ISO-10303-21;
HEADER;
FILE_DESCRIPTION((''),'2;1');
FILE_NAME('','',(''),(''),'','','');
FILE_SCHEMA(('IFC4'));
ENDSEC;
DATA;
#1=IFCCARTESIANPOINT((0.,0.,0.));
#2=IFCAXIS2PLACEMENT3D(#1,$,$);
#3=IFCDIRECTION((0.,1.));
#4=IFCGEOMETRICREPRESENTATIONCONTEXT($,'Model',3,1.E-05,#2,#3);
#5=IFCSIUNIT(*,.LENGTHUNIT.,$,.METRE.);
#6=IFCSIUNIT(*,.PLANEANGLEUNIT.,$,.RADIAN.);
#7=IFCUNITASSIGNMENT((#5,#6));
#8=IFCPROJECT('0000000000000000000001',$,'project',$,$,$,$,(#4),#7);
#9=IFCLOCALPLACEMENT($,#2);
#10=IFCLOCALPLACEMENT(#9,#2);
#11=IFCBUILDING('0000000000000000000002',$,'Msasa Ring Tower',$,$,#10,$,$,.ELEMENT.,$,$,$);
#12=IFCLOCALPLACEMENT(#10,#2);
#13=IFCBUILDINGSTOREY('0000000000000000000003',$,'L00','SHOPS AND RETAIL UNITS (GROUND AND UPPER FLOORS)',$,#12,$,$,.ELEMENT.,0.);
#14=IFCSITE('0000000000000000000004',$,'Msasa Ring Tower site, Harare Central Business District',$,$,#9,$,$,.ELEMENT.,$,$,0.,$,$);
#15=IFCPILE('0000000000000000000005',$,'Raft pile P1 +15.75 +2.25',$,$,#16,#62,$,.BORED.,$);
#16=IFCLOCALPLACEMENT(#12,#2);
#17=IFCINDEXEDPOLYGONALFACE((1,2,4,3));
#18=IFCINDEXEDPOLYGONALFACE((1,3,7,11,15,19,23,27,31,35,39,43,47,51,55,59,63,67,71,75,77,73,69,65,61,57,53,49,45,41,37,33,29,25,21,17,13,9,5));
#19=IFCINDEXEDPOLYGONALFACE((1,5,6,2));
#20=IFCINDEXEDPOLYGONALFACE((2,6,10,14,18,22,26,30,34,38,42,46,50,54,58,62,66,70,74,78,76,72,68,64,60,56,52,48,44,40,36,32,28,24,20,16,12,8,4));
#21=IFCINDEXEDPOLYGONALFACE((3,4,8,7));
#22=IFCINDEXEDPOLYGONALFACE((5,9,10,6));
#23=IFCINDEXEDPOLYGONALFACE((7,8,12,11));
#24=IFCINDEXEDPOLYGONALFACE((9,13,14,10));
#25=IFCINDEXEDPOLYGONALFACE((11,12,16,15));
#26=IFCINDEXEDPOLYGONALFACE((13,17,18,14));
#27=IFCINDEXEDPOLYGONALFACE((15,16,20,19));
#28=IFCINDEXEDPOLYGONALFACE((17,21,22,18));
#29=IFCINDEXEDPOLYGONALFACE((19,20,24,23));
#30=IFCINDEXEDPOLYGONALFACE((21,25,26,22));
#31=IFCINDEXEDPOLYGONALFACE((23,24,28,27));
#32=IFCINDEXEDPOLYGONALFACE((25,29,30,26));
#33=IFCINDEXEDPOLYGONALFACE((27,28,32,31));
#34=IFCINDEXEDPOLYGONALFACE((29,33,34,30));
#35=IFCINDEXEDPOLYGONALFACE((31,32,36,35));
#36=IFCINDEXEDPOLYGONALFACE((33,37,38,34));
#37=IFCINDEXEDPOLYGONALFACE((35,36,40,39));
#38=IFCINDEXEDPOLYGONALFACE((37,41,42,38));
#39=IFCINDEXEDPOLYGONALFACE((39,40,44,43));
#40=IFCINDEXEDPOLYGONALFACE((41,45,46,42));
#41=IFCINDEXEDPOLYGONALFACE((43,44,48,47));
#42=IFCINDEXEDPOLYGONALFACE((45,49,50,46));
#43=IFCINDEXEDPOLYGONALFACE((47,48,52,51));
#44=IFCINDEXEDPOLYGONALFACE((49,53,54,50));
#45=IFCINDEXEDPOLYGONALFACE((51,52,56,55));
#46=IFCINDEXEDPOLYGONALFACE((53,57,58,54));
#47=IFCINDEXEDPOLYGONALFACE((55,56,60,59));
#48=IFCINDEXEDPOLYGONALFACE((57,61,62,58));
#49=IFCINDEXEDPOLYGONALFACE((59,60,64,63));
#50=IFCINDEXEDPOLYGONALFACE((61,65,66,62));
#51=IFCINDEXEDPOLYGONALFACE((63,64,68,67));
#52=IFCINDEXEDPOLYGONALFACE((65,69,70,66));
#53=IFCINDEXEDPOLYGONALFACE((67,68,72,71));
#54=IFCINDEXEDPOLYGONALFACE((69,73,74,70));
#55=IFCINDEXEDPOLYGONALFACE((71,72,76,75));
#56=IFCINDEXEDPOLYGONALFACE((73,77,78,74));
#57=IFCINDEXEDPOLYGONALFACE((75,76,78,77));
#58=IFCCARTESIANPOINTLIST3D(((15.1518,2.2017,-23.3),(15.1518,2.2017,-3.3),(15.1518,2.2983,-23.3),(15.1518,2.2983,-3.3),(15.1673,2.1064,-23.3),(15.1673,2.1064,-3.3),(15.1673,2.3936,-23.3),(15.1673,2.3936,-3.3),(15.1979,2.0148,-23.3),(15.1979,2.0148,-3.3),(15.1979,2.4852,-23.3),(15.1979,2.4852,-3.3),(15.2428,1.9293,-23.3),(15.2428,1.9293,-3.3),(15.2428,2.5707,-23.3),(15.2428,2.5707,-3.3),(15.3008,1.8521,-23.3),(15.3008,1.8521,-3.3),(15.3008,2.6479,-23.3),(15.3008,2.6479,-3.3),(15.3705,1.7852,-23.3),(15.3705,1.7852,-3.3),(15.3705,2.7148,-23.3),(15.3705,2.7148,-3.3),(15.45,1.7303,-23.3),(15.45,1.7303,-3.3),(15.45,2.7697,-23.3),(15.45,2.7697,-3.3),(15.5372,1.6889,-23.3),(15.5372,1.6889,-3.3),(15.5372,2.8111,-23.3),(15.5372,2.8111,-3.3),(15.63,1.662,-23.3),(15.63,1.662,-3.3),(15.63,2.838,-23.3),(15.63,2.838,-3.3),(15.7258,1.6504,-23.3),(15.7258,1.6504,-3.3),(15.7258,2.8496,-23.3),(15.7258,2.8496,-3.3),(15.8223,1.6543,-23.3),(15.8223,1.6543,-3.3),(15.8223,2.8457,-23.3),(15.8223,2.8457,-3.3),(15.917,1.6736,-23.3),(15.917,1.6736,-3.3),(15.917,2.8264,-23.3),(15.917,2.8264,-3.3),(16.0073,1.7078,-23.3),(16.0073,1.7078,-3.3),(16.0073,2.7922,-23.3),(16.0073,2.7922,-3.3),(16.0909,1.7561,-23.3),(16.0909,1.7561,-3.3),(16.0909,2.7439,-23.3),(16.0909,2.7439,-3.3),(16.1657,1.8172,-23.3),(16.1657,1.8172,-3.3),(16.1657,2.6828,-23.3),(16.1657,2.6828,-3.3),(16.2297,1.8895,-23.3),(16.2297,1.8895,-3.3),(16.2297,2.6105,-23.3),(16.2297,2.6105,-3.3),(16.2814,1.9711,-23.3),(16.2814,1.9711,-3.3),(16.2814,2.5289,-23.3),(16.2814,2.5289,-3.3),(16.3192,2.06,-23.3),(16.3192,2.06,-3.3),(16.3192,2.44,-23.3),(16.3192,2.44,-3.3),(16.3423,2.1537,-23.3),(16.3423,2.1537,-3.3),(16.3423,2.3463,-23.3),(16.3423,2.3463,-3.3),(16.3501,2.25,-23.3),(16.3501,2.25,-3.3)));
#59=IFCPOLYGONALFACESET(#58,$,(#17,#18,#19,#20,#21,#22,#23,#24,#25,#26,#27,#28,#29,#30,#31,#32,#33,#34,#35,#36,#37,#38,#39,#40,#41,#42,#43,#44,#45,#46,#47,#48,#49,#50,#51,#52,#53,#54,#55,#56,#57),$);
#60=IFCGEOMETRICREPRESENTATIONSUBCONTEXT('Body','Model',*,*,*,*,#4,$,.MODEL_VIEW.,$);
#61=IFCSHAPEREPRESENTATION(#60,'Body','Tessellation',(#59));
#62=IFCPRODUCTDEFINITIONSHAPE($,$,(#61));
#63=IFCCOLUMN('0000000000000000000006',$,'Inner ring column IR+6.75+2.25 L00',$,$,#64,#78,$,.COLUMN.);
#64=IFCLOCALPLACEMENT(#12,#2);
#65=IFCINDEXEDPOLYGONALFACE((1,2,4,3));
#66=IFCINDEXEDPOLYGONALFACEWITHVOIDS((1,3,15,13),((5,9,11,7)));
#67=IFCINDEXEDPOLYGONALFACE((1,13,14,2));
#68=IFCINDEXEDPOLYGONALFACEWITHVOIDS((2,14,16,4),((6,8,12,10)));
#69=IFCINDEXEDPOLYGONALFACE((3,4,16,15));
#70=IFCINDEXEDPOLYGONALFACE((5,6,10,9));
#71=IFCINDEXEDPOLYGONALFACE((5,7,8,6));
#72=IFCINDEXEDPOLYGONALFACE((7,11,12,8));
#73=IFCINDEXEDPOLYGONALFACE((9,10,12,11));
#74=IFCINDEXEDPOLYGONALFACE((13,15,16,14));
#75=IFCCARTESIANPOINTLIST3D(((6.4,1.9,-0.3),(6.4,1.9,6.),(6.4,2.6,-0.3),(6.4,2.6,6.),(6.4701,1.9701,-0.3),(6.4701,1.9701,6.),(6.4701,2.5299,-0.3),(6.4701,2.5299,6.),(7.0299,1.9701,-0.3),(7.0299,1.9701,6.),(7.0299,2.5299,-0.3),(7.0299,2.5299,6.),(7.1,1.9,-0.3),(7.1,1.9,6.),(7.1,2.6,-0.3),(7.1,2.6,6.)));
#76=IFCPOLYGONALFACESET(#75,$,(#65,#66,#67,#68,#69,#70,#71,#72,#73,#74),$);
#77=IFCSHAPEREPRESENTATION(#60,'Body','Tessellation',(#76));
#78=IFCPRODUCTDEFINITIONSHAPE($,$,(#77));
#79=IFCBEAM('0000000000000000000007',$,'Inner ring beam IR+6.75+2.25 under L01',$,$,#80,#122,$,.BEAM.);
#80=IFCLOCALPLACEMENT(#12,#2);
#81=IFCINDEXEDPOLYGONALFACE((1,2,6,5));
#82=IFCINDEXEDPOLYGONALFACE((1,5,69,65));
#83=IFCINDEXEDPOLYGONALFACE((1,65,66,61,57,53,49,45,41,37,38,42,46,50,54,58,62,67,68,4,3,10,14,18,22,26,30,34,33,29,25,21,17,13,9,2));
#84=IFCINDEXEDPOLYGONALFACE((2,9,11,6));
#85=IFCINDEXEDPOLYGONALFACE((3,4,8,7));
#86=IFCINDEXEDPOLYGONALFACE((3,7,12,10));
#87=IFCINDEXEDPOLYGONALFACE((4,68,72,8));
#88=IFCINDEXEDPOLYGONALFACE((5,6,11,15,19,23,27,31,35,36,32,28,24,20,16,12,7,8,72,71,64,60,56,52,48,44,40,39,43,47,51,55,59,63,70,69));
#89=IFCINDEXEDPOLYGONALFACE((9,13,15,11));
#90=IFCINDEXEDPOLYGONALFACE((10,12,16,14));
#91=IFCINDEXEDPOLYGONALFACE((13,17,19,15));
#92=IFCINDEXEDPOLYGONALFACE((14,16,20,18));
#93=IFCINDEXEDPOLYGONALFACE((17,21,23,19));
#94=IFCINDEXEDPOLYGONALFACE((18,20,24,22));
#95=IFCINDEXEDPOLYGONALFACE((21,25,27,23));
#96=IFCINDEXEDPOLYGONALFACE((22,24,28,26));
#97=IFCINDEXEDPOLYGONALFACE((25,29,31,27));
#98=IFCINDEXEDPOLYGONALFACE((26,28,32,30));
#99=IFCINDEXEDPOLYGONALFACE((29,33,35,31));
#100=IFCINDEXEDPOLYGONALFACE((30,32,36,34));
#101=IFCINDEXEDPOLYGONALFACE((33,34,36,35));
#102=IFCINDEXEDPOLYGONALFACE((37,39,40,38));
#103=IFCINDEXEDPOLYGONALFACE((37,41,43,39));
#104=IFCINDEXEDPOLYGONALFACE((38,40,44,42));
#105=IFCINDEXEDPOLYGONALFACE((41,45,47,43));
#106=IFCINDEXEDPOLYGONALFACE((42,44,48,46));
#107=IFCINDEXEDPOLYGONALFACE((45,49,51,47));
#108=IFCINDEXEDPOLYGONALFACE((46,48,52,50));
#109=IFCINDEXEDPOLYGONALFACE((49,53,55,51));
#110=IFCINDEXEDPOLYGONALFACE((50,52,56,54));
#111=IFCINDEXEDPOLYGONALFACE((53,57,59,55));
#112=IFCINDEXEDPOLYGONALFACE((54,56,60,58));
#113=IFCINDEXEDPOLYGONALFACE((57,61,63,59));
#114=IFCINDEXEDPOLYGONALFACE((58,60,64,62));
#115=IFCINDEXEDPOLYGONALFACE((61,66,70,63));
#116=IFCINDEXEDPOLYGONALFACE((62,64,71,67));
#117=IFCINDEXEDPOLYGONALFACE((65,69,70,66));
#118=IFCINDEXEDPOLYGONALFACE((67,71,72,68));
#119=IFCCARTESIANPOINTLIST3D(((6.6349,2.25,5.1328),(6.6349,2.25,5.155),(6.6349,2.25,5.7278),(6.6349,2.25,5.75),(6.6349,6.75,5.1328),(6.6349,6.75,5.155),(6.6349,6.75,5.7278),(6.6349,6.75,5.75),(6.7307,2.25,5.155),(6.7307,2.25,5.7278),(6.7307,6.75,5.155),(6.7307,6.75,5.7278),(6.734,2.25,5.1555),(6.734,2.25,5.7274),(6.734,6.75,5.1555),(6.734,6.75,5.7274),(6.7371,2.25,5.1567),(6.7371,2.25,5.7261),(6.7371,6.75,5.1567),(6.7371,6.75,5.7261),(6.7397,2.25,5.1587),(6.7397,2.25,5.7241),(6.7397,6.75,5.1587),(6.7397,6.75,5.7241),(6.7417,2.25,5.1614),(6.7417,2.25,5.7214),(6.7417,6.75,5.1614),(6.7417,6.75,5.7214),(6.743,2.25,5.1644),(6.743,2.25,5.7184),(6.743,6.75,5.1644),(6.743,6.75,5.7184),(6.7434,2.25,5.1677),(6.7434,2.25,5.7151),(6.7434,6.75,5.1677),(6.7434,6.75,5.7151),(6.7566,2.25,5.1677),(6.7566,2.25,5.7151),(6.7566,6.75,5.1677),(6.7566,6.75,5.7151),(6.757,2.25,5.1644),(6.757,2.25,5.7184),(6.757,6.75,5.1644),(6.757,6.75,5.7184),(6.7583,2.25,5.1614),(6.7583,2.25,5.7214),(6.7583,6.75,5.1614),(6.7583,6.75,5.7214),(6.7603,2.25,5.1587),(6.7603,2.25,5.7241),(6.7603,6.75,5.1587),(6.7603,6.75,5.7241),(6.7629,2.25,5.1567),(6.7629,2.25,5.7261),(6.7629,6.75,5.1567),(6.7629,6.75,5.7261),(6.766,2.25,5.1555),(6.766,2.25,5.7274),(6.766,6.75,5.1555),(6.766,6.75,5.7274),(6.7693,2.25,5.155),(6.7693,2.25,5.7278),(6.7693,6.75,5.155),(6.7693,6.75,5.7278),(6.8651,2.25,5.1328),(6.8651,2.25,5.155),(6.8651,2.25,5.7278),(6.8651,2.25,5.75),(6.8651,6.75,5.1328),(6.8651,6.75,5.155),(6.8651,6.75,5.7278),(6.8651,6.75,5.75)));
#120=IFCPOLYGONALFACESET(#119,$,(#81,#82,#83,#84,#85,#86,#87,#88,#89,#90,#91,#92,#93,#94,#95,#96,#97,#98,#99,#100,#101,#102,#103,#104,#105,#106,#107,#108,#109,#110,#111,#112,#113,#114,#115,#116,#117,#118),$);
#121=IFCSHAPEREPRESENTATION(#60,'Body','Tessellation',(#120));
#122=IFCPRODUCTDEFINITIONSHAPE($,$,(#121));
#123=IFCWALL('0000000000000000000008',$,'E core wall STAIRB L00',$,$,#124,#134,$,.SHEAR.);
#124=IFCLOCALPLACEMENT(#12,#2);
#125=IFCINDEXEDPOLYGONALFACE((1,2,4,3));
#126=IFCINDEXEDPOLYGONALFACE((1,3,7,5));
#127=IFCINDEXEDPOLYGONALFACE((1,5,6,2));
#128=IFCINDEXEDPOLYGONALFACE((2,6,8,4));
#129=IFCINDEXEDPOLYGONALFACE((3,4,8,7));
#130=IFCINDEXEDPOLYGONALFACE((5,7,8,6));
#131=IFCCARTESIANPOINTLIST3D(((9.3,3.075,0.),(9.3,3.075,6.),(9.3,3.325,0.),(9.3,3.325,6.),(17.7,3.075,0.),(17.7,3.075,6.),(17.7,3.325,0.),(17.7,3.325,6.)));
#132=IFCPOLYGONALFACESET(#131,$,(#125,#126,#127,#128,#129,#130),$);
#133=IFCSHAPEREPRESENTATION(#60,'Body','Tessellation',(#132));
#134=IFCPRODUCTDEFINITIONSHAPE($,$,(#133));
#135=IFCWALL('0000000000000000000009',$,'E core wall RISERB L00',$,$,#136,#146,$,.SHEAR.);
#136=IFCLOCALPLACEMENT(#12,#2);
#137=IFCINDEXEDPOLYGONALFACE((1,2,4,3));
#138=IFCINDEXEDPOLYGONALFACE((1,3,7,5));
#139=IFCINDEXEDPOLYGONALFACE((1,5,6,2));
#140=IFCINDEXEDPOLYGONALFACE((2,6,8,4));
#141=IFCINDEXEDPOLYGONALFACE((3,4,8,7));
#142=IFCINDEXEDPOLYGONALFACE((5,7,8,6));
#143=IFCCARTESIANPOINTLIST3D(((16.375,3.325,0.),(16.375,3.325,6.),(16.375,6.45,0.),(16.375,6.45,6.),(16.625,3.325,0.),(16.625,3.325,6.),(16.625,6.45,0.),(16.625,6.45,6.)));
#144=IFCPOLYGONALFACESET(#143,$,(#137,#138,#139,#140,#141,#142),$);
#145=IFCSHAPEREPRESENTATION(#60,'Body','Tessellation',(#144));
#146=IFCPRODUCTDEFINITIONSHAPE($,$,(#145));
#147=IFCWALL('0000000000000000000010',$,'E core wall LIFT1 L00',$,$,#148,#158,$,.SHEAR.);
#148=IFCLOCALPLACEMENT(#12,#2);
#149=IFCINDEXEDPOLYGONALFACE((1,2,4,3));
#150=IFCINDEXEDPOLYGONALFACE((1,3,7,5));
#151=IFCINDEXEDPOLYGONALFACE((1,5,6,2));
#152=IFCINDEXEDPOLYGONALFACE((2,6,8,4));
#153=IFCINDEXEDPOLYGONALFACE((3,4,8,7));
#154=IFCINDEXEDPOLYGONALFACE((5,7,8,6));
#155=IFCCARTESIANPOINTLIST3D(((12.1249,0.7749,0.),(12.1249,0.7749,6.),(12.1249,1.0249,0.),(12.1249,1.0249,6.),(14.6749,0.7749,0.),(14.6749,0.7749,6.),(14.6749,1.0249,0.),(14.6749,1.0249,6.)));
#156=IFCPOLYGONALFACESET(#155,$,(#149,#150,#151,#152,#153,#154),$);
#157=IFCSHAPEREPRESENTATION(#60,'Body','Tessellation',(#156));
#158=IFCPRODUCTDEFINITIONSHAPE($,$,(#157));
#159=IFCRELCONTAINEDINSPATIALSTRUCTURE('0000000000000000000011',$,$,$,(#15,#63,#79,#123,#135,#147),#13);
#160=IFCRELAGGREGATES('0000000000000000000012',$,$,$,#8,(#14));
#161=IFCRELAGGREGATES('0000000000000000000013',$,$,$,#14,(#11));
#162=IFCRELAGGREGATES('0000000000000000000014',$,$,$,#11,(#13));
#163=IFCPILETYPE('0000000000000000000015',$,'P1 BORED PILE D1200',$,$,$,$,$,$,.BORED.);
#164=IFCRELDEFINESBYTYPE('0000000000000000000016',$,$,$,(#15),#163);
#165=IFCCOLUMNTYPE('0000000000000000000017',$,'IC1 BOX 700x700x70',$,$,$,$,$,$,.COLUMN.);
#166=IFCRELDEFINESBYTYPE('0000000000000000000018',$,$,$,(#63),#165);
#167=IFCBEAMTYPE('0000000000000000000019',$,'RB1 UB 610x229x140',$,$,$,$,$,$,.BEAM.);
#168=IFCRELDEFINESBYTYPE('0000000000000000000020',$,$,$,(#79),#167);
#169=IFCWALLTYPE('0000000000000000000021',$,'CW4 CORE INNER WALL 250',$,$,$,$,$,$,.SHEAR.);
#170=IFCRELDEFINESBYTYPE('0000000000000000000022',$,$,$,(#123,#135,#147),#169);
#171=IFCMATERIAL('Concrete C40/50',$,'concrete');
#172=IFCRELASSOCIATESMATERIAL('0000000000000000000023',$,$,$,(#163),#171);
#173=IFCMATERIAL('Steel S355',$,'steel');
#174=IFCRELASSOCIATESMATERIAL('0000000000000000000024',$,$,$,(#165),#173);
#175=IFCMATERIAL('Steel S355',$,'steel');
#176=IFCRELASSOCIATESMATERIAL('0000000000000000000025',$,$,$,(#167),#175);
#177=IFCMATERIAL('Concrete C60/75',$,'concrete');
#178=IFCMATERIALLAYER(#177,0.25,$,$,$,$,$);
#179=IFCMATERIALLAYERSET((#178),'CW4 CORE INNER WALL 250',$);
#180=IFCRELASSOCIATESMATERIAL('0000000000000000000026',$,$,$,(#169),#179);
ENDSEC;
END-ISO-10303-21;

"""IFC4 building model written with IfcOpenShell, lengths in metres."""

from ifc_helpers import new_model, si_unit, direction, frame, frame_2d, origin, origin_2d, place, context, subcontext, project, spatial, rectangle, hollow_rectangle, circle, i_section, extrude, material, layer, layer_set, material_profile, profile_set, type_object, element, save


model = new_model("IFC4")

# Units and contexts
model_context = context("Model", 3, precision=1e-05, world=origin(), true_north=direction((0.0, 1.0)))
body_context = subcontext(model_context, "Body", "Model", "MODEL_VIEW")
ifc_project = project(units=[si_unit("LENGTHUNIT", "METRE"), si_unit("PLANEANGLEUNIT", "RADIAN")], contexts=[model_context])

# Site, building, storey
site_placement = place(None, origin())
site = spatial("IfcSite", under=ifc_project, at=site_placement, Name="Msasa Ring Tower site, Harare Central Business District", CompositionType="ELEMENT", RefElevation=0.0)
building_placement = place(site_placement, origin())
building = spatial("IfcBuilding", under=site, at=building_placement, Name="Msasa Ring Tower", CompositionType="ELEMENT")
storey_placement = place(building_placement, origin())
storey = spatial("IfcBuildingStorey", under=building, at=storey_placement, Name="L00", Description="SHOPS AND RETAIL UNITS (GROUND AND UPPER FLOORS)", CompositionType="ELEMENT", Elevation=0.0)

# Pile
ifc_material_1 = material(Name="Concrete C40/50", Category="concrete")
ifc_material_profile_1 = material_profile(ifc_material_1, circle(Radius=0.6001, at=origin_2d()), Name="D1200")
ifc_profile_set_1 = profile_set([ifc_material_profile_1], Name="Concrete C40/50")
pile_type = type_object("IfcPileType", Name="P1 BORED PILE D1200", PredefinedType="BORED", material=ifc_profile_set_1)
for number, where, z_axis, x_axis, name in (
    (1, (15.75, 2.25, -3.3), (0.0, 0.0, -1.0), (1.0, 0.0, 0.0), "Raft pile P1 +15.75 +2.25"),
):
    element("IfcPile", number, at=place(storey_placement, frame(where, z_axis=z_axis, x_axis=x_axis)), inside=storey, type_object=pile_type, Name=name, PredefinedType="BORED", context=body_context, shape_type="SweptSolid", body=[
        extrude(circle(Radius=0.6001, at=origin_2d()), origin(), (0.0, 0.0, 1.0), 20.0),
    ])

# Column
ifc_material_2 = material(Name="Steel S355", Category="steel")
ifc_material_profile_2 = material_profile(ifc_material_2, hollow_rectangle(XDim=0.7, YDim=0.7, WallThickness=0.0701, at=origin_2d()), Name="BOX 700x700x70")
ifc_profile_set_2 = profile_set([ifc_material_profile_2], Name="Steel S355")
column_type = type_object("IfcColumnType", Name="IC1 BOX 700x700x70", PredefinedType="COLUMN", material=ifc_profile_set_2)
column_placement = place(storey_placement, frame((6.75, 2.25, -0.3), z_axis=(0.0, 0.0, 1.0), x_axis=(1.0, 0.0, 0.0)))
element("IfcColumn", 2, at=column_placement, inside=storey, type_object=column_type, Name="Inner ring column IR+6.75+2.25 L00", PredefinedType="COLUMN", context=body_context, shape_type="SweptSolid", body=[
    extrude(hollow_rectangle(XDim=0.7, YDim=0.7, WallThickness=0.0701, at=origin_2d()), origin(), (0.0, 0.0, 1.0), 6.3),
])

# Beam
ifc_material_3 = material(Name="Steel S355", Category="steel")
ifc_material_profile_3 = material_profile(ifc_material_3, i_section(OverallWidth=0.2302, OverallDepth=0.6172, WebThickness=0.0132, FlangeThickness=0.0222, FilletRadius=0.0127, at=origin_2d()), Name="UB 610x229x140")
ifc_profile_set_3 = profile_set([ifc_material_profile_3], Name="Steel S355")
beam_type = type_object("IfcBeamType", Name="RB1 UB 610x229x140", PredefinedType="BEAM", material=ifc_profile_set_3)
beam_placement = place(storey_placement, frame((6.75, 2.25, 5.4414), z_axis=(0.0, 1.0, 0.0), x_axis=(-1.0, 0.0, 0.0)))
element("IfcBeam", 3, at=beam_placement, inside=storey, type_object=beam_type, Name="Inner ring beam IR+6.75+2.25 under L01", PredefinedType="BEAM", context=body_context, shape_type="SweptSolid", body=[
    extrude(i_section(OverallWidth=0.2302, OverallDepth=0.6172, WebThickness=0.0132, FlangeThickness=0.0222, FilletRadius=0.0127, at=origin_2d()), origin(), (0.0, 0.0, 1.0), 4.5),
])

# Walls
ifc_material_4 = material(Name="Concrete C60/75", Category="concrete")
ifc_layer_1 = layer(ifc_material_4, 0.25)
ifc_layer_set_1 = layer_set([ifc_layer_1], Name="CW4 CORE INNER WALL 250")
wall_type = type_object("IfcWallType", Name="CW4 CORE INNER WALL 250", PredefinedType="SHEAR", material=ifc_layer_set_1)
wall_1_placement = place(storey_placement, frame((9.3, 3.2, 0.0), z_axis=(0.0, 0.0, 1.0), x_axis=(1.0, 0.0, 0.0)))
element("IfcWall", 4, at=wall_1_placement, inside=storey, type_object=wall_type, Name="E core wall STAIRB L00", PredefinedType="SHEAR", context=body_context, shape_type="SweptSolid", body=[
    extrude(rectangle(XDim=8.3999, YDim=0.25, at=frame_2d((4.2, 0.0))), origin(), (0.0, 0.0, 1.0), 6.0),
])
wall_2_placement = place(storey_placement, frame((16.5, 3.325, 0.0), z_axis=(0.0, 0.0, 1.0), x_axis=(0.0, 1.0, 0.0)))
element("IfcWall", 5, at=wall_2_placement, inside=storey, type_object=wall_type, Name="E core wall RISERB L00", PredefinedType="SHEAR", context=body_context, shape_type="SweptSolid", body=[
    extrude(rectangle(XDim=3.125, YDim=0.25, at=frame_2d((1.5625, 0.0))), origin(), (0.0, 0.0, 1.0), 6.0),
])
wall_3_placement = place(storey_placement, frame((12.125, 0.8999, 0.0), z_axis=(0.0, 0.0, 1.0), x_axis=(1.0, 0.0, 0.0)))
element("IfcWall", 6, at=wall_3_placement, inside=storey, type_object=wall_type, Name="E core wall LIFT1 L00", PredefinedType="SHEAR", context=body_context, shape_type="SweptSolid", body=[
    extrude(rectangle(XDim=2.55, YDim=0.25, at=frame_2d((1.2749, 0.0))), origin(), (0.0, 0.0, 1.0), 6.0),
])

save(model, "model.ifc")
